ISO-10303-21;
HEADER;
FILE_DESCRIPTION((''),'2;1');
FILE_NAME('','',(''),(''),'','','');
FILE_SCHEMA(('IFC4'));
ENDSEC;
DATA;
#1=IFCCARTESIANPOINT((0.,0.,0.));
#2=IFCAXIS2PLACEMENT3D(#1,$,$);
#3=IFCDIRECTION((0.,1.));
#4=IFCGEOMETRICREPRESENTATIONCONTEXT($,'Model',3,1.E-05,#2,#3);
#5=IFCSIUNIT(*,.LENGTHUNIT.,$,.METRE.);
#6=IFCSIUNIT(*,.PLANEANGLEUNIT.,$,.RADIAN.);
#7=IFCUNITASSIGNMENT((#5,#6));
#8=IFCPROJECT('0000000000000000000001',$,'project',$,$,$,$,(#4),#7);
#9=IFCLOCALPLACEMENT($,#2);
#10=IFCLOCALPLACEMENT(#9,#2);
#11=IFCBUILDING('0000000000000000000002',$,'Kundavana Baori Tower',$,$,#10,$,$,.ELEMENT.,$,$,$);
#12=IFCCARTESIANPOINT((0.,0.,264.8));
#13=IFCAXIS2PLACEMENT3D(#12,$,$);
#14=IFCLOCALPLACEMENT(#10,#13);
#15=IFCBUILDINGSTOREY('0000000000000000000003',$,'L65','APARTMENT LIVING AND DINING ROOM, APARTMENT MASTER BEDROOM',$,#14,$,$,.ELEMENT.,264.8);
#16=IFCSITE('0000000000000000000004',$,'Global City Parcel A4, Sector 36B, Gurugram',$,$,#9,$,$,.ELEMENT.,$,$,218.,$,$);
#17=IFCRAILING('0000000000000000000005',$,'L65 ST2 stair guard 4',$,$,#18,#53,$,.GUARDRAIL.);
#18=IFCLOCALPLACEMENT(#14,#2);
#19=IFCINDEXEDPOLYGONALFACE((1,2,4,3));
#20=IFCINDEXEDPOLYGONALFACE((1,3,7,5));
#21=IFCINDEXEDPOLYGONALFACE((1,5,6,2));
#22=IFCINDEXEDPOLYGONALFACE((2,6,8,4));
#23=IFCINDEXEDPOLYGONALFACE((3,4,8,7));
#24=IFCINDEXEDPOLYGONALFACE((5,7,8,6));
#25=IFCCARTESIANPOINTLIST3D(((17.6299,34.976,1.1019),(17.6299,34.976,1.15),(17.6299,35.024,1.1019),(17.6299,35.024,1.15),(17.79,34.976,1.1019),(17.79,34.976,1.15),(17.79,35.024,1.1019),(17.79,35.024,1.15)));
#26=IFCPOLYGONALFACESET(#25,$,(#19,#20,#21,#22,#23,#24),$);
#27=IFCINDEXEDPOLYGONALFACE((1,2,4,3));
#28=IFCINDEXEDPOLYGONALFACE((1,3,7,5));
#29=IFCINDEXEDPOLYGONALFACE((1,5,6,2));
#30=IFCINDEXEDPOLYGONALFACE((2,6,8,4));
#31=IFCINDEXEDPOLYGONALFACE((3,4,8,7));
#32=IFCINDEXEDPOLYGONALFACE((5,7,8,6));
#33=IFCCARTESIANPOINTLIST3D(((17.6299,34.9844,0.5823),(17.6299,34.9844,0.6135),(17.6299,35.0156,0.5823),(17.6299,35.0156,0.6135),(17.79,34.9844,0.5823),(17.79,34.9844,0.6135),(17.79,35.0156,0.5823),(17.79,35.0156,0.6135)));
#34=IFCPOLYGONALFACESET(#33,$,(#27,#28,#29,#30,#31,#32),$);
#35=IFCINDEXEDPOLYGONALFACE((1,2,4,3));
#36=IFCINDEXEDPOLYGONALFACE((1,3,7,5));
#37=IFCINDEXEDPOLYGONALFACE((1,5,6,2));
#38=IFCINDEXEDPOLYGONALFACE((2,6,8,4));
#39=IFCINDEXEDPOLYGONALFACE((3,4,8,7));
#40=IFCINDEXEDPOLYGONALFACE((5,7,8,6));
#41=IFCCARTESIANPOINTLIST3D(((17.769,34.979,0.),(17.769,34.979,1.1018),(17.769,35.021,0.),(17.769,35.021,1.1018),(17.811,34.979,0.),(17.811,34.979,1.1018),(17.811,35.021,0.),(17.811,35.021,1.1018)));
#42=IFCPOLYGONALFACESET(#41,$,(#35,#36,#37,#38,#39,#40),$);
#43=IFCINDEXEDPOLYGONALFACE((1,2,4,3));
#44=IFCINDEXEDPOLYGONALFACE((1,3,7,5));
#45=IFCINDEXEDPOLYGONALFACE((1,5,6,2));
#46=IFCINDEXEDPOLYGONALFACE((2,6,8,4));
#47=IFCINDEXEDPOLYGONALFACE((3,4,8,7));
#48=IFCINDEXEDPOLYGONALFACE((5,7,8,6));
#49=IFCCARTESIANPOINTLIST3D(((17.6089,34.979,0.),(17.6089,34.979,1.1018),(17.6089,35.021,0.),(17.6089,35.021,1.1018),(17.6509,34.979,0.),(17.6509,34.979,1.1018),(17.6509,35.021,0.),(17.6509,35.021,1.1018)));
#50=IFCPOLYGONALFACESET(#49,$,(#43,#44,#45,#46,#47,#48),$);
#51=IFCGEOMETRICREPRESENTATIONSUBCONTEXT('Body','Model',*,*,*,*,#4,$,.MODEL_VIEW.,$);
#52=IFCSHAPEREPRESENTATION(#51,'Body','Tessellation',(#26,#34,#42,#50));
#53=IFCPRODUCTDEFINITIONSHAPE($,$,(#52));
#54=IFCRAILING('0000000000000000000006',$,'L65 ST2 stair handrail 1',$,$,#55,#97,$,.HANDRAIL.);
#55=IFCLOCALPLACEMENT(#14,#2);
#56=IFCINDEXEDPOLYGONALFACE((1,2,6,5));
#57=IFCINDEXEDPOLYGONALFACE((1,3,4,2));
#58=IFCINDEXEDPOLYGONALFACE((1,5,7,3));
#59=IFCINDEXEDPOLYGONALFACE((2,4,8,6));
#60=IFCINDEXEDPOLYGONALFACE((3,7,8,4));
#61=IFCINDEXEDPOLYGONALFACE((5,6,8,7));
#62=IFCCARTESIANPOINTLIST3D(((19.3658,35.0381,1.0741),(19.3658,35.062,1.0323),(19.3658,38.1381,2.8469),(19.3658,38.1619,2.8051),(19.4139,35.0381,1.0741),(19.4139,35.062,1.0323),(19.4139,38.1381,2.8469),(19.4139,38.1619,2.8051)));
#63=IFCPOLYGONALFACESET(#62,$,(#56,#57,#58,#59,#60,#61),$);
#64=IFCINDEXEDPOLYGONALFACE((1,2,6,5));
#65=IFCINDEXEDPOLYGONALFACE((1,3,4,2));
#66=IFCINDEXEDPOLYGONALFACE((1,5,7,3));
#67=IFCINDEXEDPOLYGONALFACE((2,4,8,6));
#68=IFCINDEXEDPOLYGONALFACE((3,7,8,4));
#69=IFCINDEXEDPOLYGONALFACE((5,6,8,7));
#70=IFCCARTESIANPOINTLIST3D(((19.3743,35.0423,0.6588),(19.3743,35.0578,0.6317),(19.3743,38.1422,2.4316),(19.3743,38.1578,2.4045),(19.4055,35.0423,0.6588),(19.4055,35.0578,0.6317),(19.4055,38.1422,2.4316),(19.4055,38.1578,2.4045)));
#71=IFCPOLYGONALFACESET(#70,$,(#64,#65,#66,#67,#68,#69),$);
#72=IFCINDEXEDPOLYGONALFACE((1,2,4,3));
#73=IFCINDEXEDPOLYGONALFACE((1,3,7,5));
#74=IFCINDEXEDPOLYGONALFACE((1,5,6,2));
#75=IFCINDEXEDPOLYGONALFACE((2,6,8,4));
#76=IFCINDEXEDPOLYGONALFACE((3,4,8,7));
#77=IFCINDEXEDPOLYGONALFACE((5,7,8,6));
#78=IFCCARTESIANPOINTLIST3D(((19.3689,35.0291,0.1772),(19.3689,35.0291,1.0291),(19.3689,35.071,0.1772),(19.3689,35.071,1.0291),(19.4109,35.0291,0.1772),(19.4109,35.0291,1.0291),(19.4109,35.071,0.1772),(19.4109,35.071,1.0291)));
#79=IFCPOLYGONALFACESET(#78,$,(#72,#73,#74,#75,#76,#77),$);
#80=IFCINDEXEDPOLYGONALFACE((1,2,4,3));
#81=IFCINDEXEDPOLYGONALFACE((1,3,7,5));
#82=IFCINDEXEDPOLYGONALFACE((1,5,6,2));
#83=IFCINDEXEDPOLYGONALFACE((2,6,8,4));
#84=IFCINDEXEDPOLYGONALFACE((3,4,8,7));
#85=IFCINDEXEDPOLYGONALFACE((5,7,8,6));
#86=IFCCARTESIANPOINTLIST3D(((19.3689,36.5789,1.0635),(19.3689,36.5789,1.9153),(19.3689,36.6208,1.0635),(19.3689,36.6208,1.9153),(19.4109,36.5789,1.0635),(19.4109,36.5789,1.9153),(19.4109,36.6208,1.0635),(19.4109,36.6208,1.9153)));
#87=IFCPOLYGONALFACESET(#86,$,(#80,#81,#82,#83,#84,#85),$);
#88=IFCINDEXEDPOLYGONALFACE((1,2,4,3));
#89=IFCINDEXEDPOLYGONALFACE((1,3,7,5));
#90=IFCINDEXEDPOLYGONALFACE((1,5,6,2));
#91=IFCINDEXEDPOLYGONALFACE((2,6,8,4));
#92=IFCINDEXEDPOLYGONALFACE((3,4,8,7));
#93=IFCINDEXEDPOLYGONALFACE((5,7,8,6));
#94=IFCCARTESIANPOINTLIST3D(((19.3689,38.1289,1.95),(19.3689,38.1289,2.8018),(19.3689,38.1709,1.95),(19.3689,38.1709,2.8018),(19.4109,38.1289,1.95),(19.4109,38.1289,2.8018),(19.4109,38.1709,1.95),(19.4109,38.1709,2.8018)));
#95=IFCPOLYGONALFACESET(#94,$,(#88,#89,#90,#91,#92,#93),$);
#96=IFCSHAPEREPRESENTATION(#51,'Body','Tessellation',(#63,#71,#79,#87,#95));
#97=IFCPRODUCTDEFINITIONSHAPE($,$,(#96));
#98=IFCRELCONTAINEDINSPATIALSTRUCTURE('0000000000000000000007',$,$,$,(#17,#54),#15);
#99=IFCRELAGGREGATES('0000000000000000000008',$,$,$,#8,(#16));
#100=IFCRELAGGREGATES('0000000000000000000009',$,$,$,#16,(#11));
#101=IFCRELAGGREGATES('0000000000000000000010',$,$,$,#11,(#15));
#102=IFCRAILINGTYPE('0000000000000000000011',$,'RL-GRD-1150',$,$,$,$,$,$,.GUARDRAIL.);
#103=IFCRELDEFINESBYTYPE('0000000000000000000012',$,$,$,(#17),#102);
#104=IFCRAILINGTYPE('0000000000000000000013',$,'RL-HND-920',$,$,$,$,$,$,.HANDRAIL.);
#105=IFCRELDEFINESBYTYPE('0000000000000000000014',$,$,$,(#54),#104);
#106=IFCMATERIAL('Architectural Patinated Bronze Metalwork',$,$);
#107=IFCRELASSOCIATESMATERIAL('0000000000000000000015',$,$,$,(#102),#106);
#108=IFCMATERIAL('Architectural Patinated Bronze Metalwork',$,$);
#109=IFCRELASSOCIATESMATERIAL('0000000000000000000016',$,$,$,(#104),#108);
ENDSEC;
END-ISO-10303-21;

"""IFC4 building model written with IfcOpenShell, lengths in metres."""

from ifc_helpers import new_model, si_unit, direction, frame, origin, origin_2d, place, context, subcontext, project, spatial, rectangle, extrude, material, type_object, element, save


model = new_model("IFC4")

# Units and contexts
model_context = context("Model", 3, precision=1e-05, world=origin(), true_north=direction((0.0, 1.0)))
body_context = subcontext(model_context, "Body", "Model", "MODEL_VIEW")
ifc_project = project(units=[si_unit("LENGTHUNIT", "METRE"), si_unit("PLANEANGLEUNIT", "RADIAN")], contexts=[model_context])

# Site, building, storey
site_placement = place(None, origin())
site = spatial("IfcSite", under=ifc_project, at=site_placement, Name="Global City Parcel A4, Sector 36B, Gurugram", CompositionType="ELEMENT", RefElevation=218.0)
building_placement = place(site_placement, origin())
building = spatial("IfcBuilding", under=site, at=building_placement, Name="Kundavana Baori Tower", CompositionType="ELEMENT")
storey_placement = place(building_placement, frame((0.0, 0.0, 264.8)))
storey = spatial("IfcBuildingStorey", under=building, at=storey_placement, Name="L65", Description="APARTMENT LIVING AND DINING ROOM, APARTMENT MASTER BEDROOM", CompositionType="ELEMENT", Elevation=264.8)

# Railings
ifc_material_1 = material(Name="Architectural Patinated Bronze Metalwork")
railing_type_1 = type_object("IfcRailingType", Name="RL-GRD-1150", PredefinedType="GUARDRAIL", material=ifc_material_1)
railing_1_placement = place(storey_placement, frame((17.79, 35.0, 0.0)))
element("IfcRailing", 1, at=railing_1_placement, inside=storey, type_object=railing_type_1, Name="L65 ST2 stair guard 4", PredefinedType="GUARDRAIL", context=body_context, shape_type="SweptSolid", body=[
    extrude(rectangle(XDim=0.0481, YDim=0.0481, at=origin_2d()), frame((0.0, 0.0, 1.126), z_axis=(-1.0, 0.0, 0.0), x_axis=(0.0, -1.0, 0.0)), (0.0, 0.0, 1.0), 0.1602),
    extrude(rectangle(XDim=0.0312, YDim=0.0312, at=origin_2d()), frame((0.0, 0.0, 0.5979), z_axis=(-1.0, 0.0, 0.0), x_axis=(0.0, -1.0, 0.0)), (0.0, 0.0, 1.0), 0.1602),
    extrude(rectangle(XDim=0.042, YDim=0.042, at=origin_2d()), origin(), (0.0, 0.0, 1.0), 1.1018),
    extrude(rectangle(XDim=0.042, YDim=0.042, at=origin_2d()), frame((-0.1602, 0.0, 0.0)), (0.0, 0.0, 1.0), 1.1018),
])
ifc_material_2 = material(Name="Architectural Patinated Bronze Metalwork")
railing_type_2 = type_object("IfcRailingType", Name="RL-HND-920", PredefinedType="HANDRAIL", material=ifc_material_2)
railing_2_placement = place(storey_placement, frame((19.3899, 35.05, 0.1772)))
element("IfcRailing", 2, at=railing_2_placement, inside=storey, type_object=railing_type_2, Name="L65 ST2 stair handrail 1", PredefinedType="HANDRAIL", context=body_context, shape_type="SweptSolid", body=[
    extrude(rectangle(XDim=0.0481, YDim=0.0481, at=origin_2d()), frame((0.0, 0.0, 0.876), z_axis=(0.0, 0.868079, 0.496426), x_axis=(-1.0, 0.0, 0.0)), (0.0, 0.0, 1.0), 3.571),
    extrude(rectangle(XDim=0.0312, YDim=0.0312, at=origin_2d()), frame((0.0, 0.0, 0.468), z_axis=(0.0, 0.868079, 0.496426), x_axis=(-1.0, 0.0, 0.0)), (0.0, 0.0, 1.0), 3.571),
    extrude(rectangle(XDim=0.042, YDim=0.042, at=origin_2d()), origin(), (0.0, 0.0, 1.0), 0.8518),
    extrude(rectangle(XDim=0.042, YDim=0.042, at=origin_2d()), frame((0.0, 1.5498, 0.8862)), (0.0, 0.0, 1.0), 0.8518),
    extrude(rectangle(XDim=0.042, YDim=0.042, at=origin_2d()), frame((0.0, 3.0999, 1.7727)), (0.0, 0.0, 1.0), 0.8518),
])

save(model, "model.ifc")
